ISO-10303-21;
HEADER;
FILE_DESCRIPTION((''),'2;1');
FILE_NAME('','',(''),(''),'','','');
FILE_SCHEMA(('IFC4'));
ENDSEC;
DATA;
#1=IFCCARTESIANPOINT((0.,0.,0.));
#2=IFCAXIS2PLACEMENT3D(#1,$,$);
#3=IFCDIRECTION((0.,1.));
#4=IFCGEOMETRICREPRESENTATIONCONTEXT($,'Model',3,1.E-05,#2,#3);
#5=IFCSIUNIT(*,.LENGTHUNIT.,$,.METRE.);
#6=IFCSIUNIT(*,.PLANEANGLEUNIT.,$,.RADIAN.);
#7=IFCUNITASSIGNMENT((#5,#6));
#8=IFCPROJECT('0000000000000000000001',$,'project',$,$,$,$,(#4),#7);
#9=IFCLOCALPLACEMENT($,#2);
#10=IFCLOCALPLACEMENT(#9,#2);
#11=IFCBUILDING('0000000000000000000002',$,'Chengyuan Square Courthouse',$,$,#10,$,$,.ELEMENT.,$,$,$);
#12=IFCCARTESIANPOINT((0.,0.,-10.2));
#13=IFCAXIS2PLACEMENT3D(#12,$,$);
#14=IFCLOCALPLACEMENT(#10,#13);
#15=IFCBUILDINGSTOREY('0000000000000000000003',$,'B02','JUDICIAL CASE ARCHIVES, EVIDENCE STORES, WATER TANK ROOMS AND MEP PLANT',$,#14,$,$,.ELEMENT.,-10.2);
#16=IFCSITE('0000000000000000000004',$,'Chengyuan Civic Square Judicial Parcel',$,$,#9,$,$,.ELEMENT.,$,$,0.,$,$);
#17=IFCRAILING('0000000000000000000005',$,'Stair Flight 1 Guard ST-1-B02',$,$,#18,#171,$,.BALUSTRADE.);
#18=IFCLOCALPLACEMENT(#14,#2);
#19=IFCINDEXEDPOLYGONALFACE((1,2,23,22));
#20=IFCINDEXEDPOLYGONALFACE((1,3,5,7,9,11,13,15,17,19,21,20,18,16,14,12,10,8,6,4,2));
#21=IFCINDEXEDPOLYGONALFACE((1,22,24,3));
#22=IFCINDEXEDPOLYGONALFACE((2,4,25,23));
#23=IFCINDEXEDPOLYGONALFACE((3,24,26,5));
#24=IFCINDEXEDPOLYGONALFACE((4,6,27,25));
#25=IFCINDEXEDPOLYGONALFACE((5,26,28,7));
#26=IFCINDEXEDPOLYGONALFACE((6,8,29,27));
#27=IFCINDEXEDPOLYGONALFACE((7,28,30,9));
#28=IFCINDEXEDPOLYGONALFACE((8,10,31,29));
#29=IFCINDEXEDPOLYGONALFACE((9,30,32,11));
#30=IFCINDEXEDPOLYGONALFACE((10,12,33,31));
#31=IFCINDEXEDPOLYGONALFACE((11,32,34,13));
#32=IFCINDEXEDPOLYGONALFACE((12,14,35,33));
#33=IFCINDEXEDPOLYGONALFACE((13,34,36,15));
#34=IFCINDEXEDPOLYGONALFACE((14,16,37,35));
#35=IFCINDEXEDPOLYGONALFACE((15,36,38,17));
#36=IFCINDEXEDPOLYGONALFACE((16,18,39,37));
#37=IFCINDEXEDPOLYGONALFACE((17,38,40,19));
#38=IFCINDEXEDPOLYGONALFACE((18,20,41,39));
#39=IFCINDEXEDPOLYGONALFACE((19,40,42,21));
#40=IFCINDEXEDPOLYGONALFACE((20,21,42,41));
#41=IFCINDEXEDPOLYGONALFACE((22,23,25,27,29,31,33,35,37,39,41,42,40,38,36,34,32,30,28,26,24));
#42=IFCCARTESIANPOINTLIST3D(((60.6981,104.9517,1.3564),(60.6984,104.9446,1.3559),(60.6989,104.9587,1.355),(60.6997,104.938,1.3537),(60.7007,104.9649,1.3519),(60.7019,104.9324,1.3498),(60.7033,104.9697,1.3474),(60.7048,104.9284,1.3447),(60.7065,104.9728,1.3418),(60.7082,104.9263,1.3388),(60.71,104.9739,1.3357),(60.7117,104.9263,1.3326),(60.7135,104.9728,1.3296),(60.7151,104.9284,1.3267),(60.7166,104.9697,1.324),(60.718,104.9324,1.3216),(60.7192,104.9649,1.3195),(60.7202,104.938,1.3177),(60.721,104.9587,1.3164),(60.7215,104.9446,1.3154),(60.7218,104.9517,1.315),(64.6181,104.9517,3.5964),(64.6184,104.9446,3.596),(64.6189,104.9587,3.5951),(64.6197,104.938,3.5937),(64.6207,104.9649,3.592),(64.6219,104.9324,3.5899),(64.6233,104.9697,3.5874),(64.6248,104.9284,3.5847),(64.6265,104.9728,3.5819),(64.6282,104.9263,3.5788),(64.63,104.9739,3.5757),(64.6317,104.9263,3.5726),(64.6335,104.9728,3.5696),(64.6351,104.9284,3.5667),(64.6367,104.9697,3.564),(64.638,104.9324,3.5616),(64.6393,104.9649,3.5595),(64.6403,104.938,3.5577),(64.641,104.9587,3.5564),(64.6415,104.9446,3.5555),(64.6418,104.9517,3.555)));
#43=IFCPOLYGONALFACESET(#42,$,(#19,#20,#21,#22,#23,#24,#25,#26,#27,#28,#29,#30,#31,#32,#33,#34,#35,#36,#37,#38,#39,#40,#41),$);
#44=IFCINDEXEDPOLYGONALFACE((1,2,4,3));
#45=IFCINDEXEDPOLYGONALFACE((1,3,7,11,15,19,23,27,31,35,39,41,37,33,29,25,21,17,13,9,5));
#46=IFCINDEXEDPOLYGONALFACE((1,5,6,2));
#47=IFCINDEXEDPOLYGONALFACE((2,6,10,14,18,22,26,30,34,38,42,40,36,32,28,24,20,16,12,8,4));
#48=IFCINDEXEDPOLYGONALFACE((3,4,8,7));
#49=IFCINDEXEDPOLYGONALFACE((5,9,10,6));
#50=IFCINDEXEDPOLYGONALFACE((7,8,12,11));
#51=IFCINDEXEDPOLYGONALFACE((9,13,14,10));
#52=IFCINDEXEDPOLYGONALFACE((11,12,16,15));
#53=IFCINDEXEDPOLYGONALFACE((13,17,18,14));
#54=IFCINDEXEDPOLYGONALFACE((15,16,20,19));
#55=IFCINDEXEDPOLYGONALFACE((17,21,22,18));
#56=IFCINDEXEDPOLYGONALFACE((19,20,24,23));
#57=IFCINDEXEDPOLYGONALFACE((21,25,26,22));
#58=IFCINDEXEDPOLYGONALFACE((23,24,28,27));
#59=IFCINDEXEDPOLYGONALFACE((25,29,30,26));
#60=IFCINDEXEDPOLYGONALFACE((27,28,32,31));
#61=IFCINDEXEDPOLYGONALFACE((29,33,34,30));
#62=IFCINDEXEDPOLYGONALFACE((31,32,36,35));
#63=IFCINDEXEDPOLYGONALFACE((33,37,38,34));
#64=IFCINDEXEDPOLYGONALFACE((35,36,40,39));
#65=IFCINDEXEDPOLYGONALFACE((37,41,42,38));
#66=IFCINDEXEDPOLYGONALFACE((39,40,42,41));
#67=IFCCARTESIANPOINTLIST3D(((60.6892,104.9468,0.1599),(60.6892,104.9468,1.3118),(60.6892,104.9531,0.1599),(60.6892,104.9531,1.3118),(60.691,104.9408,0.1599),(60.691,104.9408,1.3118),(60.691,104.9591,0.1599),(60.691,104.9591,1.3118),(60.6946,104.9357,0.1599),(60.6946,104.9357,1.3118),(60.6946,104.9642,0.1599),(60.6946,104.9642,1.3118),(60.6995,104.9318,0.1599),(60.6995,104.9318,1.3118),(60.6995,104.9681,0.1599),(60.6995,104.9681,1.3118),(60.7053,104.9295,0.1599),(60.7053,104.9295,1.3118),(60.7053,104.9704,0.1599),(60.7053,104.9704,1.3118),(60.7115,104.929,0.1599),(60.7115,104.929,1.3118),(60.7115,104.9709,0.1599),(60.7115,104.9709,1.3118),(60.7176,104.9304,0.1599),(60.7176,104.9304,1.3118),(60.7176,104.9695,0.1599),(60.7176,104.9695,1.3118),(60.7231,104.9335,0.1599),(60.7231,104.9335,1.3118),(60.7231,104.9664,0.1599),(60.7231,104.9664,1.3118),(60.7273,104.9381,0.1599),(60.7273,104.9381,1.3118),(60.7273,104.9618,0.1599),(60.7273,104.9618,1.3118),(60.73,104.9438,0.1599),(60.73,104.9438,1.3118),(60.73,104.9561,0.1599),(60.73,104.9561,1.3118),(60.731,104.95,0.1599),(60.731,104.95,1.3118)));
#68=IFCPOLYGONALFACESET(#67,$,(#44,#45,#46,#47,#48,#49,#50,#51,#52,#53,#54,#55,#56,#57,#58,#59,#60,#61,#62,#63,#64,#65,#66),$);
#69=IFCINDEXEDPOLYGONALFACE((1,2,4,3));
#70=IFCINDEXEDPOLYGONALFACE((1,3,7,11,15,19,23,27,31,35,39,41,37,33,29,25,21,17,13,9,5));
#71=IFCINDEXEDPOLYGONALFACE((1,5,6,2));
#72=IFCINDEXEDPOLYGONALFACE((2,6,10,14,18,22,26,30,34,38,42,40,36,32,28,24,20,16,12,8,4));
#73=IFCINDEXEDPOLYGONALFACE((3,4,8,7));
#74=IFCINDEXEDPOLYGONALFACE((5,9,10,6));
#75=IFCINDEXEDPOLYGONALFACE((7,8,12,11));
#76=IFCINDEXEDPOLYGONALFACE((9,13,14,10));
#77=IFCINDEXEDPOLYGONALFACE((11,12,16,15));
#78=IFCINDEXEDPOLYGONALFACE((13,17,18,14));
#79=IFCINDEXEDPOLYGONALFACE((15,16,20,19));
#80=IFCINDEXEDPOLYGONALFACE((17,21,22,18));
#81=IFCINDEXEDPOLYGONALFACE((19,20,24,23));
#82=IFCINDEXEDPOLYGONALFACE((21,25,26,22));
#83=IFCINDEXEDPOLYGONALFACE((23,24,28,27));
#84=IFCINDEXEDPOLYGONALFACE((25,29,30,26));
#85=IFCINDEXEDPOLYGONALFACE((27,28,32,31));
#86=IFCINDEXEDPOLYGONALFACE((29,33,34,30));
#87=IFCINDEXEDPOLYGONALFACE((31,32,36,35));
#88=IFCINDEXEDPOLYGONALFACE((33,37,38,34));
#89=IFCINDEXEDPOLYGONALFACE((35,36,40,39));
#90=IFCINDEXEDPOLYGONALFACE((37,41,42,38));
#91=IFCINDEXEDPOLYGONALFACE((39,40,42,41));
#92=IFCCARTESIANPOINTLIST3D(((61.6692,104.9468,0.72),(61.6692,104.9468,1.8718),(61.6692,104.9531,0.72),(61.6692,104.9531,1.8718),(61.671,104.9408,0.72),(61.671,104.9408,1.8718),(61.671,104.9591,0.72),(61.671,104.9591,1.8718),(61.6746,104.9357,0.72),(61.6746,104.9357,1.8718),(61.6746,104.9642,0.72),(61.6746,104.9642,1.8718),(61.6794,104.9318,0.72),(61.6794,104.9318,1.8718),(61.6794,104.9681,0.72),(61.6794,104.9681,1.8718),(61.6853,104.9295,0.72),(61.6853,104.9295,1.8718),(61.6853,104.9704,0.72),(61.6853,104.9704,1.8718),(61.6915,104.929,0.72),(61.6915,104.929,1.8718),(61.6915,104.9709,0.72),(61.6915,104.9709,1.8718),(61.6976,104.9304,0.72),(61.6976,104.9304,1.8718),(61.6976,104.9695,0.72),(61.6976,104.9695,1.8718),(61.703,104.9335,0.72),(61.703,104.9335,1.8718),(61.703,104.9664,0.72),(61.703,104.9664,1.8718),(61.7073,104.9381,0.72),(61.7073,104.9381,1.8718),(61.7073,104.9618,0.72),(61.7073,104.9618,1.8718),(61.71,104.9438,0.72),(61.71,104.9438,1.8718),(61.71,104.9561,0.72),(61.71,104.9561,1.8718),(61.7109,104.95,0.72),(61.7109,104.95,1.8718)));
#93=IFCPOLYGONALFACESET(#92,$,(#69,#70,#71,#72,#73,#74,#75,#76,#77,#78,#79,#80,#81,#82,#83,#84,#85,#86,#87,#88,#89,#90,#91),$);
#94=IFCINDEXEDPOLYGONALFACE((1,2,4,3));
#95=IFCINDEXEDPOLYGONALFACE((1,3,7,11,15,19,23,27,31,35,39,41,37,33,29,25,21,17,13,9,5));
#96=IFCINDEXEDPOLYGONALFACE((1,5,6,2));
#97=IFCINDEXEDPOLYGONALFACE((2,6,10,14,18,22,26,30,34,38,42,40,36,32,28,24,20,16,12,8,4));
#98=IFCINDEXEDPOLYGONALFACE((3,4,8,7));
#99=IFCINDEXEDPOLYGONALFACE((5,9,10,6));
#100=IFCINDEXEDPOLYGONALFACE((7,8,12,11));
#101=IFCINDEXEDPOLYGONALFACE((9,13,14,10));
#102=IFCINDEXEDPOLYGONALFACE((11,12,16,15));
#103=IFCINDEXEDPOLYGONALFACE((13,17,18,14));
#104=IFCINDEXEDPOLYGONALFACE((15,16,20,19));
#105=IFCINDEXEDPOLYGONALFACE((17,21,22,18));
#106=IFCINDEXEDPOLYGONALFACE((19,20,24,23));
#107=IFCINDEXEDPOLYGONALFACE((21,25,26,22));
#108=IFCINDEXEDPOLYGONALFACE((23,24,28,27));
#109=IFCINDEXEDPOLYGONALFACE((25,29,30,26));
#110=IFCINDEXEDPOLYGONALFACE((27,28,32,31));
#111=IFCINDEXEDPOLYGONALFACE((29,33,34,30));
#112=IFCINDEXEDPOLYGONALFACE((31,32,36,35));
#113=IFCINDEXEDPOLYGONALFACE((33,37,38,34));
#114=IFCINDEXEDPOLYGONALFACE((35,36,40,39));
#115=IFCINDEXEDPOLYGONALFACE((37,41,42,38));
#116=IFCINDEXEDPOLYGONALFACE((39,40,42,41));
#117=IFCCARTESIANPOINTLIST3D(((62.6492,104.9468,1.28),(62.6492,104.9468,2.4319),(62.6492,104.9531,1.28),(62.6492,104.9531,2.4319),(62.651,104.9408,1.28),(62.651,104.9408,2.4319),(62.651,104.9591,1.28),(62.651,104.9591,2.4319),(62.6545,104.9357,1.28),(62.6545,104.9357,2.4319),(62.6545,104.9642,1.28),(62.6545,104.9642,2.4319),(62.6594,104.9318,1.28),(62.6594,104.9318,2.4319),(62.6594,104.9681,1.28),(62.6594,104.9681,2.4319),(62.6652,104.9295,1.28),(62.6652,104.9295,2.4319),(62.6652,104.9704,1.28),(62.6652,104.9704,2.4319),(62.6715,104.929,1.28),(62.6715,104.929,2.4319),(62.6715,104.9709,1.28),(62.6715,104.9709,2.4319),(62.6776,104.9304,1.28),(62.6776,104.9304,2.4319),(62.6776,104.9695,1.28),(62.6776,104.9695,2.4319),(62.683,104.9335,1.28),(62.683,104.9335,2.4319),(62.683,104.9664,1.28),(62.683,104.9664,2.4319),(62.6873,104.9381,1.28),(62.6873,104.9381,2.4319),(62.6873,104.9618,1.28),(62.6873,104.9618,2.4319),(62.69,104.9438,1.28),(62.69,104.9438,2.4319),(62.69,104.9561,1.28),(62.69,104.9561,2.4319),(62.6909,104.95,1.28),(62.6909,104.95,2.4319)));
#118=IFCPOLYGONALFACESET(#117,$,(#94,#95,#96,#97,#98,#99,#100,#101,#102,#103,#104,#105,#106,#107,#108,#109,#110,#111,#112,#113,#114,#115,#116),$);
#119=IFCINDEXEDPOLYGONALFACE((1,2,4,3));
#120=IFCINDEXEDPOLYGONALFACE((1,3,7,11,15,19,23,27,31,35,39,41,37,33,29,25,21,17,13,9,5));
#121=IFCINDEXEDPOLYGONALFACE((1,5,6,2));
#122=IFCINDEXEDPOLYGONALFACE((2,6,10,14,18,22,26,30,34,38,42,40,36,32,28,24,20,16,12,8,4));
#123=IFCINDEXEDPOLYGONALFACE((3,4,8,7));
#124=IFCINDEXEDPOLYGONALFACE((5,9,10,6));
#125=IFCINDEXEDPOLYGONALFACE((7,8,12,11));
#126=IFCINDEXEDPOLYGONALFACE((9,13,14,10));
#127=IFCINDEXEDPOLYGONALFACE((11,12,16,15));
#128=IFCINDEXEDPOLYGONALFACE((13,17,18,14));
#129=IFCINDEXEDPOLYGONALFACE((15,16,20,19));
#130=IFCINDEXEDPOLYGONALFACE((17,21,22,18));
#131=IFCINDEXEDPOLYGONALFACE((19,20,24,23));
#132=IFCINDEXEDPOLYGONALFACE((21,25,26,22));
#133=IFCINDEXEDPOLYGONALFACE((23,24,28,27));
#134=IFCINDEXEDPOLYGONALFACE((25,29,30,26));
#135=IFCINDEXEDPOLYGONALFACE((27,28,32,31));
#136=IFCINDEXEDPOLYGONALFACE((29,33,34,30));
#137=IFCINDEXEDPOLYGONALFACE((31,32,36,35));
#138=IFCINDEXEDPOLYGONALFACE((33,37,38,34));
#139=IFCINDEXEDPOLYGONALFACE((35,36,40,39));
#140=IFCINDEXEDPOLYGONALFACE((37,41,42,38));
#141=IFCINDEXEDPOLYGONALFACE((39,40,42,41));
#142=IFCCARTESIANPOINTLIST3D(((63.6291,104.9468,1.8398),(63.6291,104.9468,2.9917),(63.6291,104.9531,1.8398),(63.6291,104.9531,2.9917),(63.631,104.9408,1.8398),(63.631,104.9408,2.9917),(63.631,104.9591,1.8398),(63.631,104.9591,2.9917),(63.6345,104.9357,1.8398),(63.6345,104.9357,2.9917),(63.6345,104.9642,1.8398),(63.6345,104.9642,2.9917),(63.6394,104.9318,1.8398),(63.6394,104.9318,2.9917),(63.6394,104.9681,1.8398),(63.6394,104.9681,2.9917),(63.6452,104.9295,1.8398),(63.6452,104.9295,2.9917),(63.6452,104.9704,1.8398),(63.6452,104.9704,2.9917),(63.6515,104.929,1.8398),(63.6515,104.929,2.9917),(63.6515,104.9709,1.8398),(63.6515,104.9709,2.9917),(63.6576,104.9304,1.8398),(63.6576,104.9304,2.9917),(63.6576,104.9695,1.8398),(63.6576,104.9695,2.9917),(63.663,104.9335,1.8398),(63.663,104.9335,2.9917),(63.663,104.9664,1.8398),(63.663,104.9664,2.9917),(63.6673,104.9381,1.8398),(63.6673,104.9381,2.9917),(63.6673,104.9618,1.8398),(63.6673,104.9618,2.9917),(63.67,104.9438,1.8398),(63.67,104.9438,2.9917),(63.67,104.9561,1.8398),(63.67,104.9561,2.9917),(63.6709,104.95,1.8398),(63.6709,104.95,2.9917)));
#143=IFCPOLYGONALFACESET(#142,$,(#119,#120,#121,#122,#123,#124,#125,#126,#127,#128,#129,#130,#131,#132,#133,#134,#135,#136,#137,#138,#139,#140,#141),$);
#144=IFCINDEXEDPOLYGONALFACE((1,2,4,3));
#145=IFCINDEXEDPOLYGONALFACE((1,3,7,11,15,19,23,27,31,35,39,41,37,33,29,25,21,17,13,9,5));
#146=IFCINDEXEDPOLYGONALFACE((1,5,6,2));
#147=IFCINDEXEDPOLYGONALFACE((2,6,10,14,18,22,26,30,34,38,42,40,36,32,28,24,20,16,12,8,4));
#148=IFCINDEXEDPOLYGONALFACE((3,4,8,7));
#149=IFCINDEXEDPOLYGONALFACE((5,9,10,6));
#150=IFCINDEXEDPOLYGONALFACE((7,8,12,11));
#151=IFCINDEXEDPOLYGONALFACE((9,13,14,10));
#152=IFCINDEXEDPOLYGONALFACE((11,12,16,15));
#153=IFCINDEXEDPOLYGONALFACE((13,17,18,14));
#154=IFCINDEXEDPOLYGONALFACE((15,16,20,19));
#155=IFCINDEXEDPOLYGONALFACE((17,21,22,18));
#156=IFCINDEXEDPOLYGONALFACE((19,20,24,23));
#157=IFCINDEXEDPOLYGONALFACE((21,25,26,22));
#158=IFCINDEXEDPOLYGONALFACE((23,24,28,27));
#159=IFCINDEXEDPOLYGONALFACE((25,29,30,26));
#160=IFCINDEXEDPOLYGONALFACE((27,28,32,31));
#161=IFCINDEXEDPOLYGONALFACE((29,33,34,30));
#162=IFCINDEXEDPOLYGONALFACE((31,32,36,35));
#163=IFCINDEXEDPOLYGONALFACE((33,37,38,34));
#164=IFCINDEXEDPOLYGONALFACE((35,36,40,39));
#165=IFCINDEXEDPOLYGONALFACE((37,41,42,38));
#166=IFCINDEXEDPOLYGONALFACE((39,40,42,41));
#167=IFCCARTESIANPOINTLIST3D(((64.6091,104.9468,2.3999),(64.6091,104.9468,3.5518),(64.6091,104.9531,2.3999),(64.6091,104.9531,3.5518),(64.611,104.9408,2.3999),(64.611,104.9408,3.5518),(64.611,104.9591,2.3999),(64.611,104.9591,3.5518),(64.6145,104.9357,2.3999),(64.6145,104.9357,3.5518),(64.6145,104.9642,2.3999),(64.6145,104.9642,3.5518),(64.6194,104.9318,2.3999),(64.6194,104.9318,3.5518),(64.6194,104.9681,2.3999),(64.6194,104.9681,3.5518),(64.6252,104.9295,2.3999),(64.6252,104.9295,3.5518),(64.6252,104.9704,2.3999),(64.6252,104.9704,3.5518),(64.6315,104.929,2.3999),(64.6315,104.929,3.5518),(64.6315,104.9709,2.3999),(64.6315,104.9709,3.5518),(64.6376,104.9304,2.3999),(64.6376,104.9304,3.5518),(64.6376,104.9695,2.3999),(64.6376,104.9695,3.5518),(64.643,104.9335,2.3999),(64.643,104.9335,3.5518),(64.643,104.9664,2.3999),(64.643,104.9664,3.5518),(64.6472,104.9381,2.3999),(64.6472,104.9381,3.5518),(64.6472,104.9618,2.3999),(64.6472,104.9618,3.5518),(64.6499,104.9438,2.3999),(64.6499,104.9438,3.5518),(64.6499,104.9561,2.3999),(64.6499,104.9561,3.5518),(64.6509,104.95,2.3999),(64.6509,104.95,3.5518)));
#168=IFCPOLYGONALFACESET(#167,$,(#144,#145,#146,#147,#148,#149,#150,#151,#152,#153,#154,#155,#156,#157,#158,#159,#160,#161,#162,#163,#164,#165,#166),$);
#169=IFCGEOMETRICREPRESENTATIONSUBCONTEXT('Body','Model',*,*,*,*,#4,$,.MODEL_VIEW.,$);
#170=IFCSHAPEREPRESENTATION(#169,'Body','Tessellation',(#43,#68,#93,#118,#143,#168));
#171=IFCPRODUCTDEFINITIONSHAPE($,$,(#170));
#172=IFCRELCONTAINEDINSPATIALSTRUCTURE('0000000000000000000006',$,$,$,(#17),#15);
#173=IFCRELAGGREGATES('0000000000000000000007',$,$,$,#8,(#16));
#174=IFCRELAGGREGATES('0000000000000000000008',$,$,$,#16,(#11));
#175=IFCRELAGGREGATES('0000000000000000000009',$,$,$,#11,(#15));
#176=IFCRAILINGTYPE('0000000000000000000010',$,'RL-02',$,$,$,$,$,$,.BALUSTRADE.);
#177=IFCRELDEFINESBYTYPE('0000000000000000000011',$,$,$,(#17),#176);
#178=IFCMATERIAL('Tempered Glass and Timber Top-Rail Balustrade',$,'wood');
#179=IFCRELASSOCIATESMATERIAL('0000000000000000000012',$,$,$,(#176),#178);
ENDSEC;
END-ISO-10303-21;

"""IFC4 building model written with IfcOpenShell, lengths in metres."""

from ifc_helpers import new_model, si_unit, direction, frame, origin, origin_2d, place, context, subcontext, project, spatial, circle, extrude, material, type_object, element, save


model = new_model("IFC4")

# Units and contexts
model_context = context("Model", 3, precision=1e-05, world=origin(), true_north=direction((0.0, 1.0)))
body_context = subcontext(model_context, "Body", "Model", "MODEL_VIEW")
ifc_project = project(units=[si_unit("LENGTHUNIT", "METRE"), si_unit("PLANEANGLEUNIT", "RADIAN")], contexts=[model_context])

# Site, building, storey
site_placement = place(None, origin())
site = spatial("IfcSite", under=ifc_project, at=site_placement, Name="Chengyuan Civic Square Judicial Parcel", CompositionType="ELEMENT", RefElevation=0.0)
building_placement = place(site_placement, origin())
building = spatial("IfcBuilding", under=site, at=building_placement, Name="Chengyuan Square Courthouse", CompositionType="ELEMENT")
storey_placement = place(building_placement, frame((0.0, 0.0, -10.2)))
storey = spatial("IfcBuildingStorey", under=building, at=storey_placement, Name="B02", Description="JUDICIAL CASE ARCHIVES, EVIDENCE STORES, WATER TANK ROOMS AND MEP PLANT", CompositionType="ELEMENT", Elevation=-10.2)

# Railing
ifc_material_1 = material(Name="Tempered Glass and Timber Top-Rail Balustrade", Category="wood")
railing_type_1 = type_object("IfcRailingType", Name="RL-02", PredefinedType="BALUSTRADE", material=ifc_material_1)
railing_1_placement = place(storey_placement, frame((60.71, 104.95, 0.1599)))
element("IfcRailing", 1, at=railing_1_placement, inside=storey, type_object=railing_type_1, Name="Stair Flight 1 Guard ST-1-B02", PredefinedType="BALUSTRADE", context=body_context, shape_type="SweptSolid", body=[
    extrude(circle(Radius=0.0239, at=origin_2d()), frame((0.0, 0.0, 1.1758), z_axis=(0.86824, 0.0, 0.496145), x_axis=(0.0, 1.0, 0.0)), (0.0, 0.0, 1.0), 4.5149),
    extrude(circle(Radius=0.021, at=origin_2d()), origin(), (0.0, 0.0, 1.0), 1.1519),
    extrude(circle(Radius=0.021, at=origin_2d()), frame((0.98, 0.0, 0.5601)), (0.0, 0.0, 1.0), 1.1519),
    extrude(circle(Radius=0.021, at=origin_2d()), frame((1.96, 0.0, 1.1201)), (0.0, 0.0, 1.0), 1.1519),
    extrude(circle(Radius=0.021, at=origin_2d()), frame((2.9399, 0.0, 1.6799)), (0.0, 0.0, 1.0), 1.1519),
    extrude(circle(Radius=0.021, at=origin_2d()), frame((3.9199, 0.0, 2.24)), (0.0, 0.0, 1.0), 1.1519),
])

save(model, "model.ifc")
